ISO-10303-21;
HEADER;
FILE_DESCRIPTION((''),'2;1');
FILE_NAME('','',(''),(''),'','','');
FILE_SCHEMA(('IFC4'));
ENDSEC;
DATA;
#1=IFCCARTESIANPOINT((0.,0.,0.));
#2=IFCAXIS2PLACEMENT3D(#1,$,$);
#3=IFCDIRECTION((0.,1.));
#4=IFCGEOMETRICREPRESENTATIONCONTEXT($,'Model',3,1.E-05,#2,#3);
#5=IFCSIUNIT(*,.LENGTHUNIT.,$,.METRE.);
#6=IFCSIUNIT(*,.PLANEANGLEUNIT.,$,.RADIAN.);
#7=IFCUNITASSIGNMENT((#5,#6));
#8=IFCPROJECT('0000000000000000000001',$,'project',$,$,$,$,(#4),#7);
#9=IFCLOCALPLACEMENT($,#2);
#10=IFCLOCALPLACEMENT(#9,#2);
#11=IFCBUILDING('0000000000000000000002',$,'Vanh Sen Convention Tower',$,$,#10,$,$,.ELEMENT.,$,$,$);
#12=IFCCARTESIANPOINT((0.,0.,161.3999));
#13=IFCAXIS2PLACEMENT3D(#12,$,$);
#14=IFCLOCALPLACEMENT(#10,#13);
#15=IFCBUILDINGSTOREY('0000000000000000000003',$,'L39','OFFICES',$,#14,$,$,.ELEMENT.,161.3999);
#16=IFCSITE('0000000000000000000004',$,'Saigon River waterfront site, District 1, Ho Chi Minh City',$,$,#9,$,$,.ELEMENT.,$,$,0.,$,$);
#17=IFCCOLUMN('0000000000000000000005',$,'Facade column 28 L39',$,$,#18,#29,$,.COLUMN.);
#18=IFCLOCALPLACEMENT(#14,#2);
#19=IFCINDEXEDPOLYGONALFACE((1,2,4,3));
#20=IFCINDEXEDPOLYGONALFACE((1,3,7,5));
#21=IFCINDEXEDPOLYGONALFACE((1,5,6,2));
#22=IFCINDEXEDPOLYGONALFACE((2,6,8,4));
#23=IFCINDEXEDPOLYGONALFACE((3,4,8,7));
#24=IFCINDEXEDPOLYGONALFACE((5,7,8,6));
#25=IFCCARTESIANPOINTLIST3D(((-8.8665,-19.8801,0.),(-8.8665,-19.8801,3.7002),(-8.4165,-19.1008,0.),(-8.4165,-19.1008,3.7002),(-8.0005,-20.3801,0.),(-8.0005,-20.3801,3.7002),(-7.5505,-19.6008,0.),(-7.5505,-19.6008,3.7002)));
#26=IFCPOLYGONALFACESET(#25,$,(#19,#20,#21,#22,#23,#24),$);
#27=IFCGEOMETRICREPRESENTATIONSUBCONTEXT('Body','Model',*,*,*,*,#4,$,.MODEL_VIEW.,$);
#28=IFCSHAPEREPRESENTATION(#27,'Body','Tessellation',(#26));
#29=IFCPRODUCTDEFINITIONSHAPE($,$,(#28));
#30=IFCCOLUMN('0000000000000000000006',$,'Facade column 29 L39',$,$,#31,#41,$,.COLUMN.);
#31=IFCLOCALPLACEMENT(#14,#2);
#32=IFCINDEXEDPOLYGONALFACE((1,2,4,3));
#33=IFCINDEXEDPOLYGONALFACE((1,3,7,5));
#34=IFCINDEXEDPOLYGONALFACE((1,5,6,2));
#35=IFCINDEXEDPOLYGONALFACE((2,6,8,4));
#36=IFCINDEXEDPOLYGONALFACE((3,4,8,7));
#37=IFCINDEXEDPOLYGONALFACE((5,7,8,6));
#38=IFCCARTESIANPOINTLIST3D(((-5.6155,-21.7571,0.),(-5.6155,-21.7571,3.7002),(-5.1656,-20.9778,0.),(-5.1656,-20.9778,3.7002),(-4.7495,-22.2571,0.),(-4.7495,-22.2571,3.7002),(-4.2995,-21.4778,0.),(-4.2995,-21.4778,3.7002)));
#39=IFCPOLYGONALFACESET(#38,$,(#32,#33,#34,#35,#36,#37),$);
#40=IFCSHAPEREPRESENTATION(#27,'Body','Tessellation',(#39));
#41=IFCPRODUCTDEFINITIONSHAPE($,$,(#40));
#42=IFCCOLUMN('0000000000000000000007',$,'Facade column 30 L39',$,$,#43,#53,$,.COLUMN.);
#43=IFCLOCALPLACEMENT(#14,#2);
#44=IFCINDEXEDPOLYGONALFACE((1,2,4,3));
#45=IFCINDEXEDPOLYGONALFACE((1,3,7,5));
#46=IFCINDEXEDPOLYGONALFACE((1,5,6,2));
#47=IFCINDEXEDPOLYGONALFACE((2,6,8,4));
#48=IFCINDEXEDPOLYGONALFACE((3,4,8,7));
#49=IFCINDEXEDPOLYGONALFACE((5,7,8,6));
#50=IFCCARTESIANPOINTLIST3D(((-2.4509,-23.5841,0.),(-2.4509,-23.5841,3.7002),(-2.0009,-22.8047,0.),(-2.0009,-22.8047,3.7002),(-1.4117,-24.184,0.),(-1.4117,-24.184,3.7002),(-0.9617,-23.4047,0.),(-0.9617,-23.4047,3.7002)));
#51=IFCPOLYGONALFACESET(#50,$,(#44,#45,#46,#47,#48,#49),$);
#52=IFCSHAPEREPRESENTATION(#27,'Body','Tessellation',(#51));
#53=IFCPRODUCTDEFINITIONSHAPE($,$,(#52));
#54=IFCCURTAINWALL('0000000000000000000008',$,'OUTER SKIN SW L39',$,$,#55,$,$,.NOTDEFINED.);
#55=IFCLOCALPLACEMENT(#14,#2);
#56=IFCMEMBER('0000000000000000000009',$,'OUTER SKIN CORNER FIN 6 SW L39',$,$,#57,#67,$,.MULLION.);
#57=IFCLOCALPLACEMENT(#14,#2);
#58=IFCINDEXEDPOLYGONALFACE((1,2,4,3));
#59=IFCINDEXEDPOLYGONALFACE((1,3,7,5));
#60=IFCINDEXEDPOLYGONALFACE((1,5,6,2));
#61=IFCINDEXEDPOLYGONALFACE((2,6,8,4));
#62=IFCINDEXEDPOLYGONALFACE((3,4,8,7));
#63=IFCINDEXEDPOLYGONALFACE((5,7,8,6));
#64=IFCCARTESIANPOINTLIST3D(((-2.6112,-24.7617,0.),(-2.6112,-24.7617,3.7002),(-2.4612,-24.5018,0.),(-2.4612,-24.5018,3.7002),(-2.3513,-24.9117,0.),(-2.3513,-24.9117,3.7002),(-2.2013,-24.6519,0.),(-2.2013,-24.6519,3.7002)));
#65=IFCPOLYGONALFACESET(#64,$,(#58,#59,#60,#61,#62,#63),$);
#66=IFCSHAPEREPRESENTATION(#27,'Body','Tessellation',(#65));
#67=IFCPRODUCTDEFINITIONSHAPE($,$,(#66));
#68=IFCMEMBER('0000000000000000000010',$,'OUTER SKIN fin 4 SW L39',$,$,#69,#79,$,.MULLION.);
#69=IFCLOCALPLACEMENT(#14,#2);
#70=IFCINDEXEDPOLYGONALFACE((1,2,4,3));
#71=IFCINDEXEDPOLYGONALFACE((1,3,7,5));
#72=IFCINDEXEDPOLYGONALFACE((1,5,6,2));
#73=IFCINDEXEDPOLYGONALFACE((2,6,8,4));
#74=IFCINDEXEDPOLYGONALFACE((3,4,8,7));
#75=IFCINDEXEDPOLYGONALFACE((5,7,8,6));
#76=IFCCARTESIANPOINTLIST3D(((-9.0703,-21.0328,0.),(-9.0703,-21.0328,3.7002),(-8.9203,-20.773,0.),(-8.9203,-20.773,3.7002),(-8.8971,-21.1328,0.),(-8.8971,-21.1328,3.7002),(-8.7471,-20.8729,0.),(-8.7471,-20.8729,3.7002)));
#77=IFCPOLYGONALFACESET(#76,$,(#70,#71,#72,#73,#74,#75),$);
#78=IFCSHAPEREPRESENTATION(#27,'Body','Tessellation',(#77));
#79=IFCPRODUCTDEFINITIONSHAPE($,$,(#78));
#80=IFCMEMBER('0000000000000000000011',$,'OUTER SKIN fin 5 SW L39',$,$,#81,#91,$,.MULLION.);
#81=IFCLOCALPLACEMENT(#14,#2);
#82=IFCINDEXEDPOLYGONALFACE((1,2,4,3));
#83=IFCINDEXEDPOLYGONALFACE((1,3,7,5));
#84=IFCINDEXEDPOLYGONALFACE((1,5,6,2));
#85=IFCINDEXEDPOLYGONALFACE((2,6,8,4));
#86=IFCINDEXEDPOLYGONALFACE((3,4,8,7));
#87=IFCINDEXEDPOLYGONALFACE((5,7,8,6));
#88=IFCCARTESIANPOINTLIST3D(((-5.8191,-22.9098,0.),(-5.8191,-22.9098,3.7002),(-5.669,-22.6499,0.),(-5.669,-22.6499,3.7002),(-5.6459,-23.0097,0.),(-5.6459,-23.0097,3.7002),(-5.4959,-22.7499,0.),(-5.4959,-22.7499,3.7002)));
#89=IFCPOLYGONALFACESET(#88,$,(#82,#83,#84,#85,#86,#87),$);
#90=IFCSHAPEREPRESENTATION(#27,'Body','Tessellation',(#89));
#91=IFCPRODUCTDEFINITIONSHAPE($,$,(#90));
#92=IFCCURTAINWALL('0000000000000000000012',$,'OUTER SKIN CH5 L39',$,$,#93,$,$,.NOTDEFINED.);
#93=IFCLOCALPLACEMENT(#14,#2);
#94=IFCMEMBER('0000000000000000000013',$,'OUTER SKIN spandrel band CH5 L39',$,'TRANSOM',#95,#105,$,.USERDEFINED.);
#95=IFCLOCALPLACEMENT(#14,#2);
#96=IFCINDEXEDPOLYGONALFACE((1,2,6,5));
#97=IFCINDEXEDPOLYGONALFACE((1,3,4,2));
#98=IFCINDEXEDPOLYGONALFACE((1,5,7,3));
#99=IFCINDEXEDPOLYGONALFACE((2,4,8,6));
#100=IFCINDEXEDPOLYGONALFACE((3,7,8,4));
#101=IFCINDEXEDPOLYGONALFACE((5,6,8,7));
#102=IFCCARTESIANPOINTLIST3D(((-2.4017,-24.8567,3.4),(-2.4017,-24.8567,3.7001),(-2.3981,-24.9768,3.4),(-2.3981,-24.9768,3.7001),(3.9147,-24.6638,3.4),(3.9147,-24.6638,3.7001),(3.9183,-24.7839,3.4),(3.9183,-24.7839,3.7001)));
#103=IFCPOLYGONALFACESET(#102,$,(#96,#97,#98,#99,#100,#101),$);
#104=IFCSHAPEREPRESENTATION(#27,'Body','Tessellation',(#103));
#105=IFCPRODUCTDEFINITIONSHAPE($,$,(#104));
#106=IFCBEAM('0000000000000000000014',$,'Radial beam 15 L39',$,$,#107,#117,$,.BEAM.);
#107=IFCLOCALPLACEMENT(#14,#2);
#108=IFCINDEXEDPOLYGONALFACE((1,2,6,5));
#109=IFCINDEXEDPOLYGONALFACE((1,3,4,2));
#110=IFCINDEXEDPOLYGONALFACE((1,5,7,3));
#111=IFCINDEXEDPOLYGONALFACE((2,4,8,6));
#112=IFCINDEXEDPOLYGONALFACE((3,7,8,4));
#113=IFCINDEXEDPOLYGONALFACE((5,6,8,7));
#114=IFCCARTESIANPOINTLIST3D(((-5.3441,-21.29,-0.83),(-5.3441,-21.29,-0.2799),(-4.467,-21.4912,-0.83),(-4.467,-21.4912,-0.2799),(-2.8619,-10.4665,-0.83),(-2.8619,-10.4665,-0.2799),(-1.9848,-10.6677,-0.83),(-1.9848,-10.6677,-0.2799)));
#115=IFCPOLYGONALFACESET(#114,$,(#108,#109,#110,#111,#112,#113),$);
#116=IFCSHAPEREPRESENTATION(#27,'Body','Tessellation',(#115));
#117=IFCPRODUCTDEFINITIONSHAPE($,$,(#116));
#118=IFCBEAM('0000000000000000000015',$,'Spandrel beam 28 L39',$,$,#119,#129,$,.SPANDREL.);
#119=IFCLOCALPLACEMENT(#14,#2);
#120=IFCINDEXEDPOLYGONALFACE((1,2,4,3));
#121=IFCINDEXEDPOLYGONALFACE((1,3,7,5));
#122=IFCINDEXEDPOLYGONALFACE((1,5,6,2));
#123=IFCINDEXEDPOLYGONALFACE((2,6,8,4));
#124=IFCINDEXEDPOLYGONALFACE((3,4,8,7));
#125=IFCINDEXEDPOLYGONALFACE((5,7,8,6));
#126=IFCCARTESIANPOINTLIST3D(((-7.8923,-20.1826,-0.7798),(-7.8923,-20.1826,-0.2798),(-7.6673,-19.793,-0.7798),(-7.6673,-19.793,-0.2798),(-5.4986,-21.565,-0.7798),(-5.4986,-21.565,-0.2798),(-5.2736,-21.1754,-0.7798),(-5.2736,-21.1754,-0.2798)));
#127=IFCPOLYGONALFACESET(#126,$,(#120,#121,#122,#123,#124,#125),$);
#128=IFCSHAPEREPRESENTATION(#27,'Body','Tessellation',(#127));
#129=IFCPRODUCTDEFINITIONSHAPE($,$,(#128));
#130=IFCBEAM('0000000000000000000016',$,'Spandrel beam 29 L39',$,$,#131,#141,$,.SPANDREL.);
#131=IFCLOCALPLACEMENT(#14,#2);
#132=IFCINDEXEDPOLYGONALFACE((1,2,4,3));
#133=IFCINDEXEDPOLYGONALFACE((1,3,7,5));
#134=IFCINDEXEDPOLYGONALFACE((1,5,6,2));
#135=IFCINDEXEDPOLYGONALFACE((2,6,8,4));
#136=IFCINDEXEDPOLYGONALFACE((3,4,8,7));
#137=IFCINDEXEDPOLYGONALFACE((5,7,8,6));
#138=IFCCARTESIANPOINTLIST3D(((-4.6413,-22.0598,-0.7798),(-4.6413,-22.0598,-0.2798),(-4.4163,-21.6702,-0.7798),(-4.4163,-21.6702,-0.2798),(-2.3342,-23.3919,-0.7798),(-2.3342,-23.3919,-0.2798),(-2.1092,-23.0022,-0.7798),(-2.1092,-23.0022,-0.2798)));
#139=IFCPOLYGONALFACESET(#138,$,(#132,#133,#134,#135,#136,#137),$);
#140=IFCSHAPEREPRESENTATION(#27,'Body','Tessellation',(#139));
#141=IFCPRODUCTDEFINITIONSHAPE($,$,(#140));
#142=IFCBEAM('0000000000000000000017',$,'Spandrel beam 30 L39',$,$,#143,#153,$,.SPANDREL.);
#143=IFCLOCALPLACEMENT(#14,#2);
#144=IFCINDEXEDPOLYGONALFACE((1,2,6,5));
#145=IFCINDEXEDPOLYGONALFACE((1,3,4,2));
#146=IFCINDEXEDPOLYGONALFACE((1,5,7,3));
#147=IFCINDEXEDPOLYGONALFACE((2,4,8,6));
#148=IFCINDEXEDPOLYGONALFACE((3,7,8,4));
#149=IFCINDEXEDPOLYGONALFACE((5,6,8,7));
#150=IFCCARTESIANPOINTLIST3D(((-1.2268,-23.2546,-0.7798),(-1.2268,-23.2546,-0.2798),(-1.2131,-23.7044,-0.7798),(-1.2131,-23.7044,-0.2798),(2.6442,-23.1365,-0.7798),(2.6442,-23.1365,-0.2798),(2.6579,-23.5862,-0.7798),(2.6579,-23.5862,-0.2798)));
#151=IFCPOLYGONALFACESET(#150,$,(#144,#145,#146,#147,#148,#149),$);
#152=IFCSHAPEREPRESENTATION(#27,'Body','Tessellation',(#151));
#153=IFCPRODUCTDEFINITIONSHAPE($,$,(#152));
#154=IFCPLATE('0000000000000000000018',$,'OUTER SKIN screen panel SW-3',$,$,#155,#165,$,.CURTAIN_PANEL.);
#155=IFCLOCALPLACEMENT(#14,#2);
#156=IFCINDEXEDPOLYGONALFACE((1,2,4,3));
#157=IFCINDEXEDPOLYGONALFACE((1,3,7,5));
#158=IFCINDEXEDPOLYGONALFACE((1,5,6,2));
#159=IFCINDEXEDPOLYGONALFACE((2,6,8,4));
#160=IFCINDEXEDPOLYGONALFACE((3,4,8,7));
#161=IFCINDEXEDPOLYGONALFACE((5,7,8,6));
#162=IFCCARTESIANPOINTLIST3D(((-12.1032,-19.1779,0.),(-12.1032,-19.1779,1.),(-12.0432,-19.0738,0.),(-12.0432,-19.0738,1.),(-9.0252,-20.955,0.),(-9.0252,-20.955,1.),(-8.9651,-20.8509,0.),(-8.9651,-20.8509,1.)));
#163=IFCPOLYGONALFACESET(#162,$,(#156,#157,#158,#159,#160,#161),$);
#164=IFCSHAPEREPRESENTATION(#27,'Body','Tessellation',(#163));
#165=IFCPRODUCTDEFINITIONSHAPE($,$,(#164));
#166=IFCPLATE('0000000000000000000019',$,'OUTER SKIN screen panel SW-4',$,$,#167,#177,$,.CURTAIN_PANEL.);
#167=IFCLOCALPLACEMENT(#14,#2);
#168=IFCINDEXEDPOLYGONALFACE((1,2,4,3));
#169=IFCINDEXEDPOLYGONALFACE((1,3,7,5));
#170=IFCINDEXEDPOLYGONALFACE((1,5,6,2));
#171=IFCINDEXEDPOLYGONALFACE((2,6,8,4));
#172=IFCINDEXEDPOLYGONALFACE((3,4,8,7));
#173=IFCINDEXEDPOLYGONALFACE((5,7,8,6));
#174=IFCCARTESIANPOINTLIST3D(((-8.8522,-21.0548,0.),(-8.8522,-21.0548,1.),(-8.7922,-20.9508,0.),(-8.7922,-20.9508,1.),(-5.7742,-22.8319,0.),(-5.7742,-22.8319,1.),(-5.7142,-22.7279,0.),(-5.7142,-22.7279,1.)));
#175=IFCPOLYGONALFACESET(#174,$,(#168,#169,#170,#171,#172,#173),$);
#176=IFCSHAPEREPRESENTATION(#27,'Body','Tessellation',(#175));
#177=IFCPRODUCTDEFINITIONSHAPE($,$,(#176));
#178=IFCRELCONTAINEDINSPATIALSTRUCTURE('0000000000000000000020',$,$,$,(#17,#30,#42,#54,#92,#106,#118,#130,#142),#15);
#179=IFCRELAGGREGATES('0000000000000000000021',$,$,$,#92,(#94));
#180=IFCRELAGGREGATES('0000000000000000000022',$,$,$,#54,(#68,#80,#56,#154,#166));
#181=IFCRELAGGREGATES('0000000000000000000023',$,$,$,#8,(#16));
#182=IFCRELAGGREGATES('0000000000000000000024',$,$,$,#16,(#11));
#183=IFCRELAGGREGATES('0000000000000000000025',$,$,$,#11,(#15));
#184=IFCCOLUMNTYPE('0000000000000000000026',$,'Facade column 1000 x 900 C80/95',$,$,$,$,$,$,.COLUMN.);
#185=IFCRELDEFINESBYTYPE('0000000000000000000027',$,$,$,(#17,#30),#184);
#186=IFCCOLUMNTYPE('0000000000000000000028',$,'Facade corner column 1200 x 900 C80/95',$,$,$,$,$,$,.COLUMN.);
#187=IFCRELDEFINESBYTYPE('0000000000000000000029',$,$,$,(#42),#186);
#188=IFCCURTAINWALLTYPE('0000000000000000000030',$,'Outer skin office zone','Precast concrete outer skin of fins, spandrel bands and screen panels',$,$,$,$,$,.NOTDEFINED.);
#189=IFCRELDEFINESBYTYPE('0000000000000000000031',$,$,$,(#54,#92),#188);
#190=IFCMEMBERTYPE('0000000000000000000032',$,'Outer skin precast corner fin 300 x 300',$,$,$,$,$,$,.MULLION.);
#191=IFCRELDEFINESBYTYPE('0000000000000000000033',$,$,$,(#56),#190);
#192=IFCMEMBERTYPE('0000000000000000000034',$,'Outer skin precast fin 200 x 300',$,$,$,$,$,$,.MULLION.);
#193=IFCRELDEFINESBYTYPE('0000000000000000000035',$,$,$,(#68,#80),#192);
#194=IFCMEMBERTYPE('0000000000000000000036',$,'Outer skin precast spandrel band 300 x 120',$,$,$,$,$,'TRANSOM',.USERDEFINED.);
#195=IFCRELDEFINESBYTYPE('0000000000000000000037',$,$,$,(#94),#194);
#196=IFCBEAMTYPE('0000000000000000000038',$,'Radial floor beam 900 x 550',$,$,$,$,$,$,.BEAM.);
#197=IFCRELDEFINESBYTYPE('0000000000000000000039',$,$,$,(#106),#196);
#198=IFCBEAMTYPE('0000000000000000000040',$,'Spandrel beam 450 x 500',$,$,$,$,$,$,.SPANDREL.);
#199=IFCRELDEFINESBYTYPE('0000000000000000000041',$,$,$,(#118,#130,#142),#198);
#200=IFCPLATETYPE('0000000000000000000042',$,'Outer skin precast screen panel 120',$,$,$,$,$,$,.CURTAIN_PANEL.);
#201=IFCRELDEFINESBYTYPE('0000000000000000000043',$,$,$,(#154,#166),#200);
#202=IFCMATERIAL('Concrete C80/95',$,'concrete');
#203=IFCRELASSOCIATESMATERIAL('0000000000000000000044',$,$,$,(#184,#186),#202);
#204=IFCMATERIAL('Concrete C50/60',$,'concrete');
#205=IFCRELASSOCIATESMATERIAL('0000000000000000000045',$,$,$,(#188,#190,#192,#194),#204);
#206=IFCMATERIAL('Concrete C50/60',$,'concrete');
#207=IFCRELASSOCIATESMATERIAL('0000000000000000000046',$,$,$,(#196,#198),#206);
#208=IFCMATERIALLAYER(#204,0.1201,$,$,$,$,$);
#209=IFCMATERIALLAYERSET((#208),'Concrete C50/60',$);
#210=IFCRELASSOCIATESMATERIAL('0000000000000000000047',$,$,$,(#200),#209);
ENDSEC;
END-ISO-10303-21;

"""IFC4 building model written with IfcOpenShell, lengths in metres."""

from ifc_helpers import new_model, si_unit, direction, frame, origin, origin_2d, place, context, subcontext, project, spatial, rectangle, extrude, material, layer, layer_set, material_profile, profile_set, type_object, element, aggregate, save


model = new_model("IFC4")

# Units and contexts
model_context = context("Model", 3, precision=1e-05, world=origin(), true_north=direction((0.0, 1.0)))
body_context = subcontext(model_context, "Body", "Model", "MODEL_VIEW")
ifc_project = project(units=[si_unit("LENGTHUNIT", "METRE"), si_unit("PLANEANGLEUNIT", "RADIAN")], contexts=[model_context])

# Site, building, storey
site_placement = place(None, origin())
site = spatial("IfcSite", under=ifc_project, at=site_placement, Name="Saigon River waterfront site, District 1, Ho Chi Minh City", CompositionType="ELEMENT", RefElevation=0.0)
building_placement = place(site_placement, origin())
building = spatial("IfcBuilding", under=site, at=building_placement, Name="Vanh Sen Convention Tower", CompositionType="ELEMENT")
storey_placement = place(building_placement, frame((0.0, 0.0, 161.3999)))
storey = spatial("IfcBuildingStorey", under=building, at=storey_placement, Name="L39", Description="OFFICES", CompositionType="ELEMENT", Elevation=161.3999)

# Columns
ifc_material_1 = material(Name="Concrete C80/95", Category="concrete")
ifc_material_profile_1 = material_profile(ifc_material_1, rectangle(XDim=1.0, YDim=0.8999, at=origin_2d()), Name="RC 1000X900")
ifc_profile_set_1 = profile_set([ifc_material_profile_1], Name="Concrete C80/95")
column_type_1 = type_object("IfcColumnType", Name="Facade column 1000 x 900 C80/95", PredefinedType="COLUMN", material=ifc_profile_set_1)
for number, where, z_axis, x_axis, name in (
    (1, (-8.2085, -19.7405, 0.0), (0.0, 0.0, 1.0), (0.866025, -0.5, 0.0), "Facade column 28 L39"),
    (2, (-4.9575, -21.6174, 0.0), (0.0, 0.0, 1.0), (0.866025, -0.5, 0.0), "Facade column 29 L39"),
):
    element("IfcColumn", number, at=place(storey_placement, frame(where, z_axis=z_axis, x_axis=x_axis)), inside=storey, type_object=column_type_1, Name=name, PredefinedType="COLUMN", context=body_context, shape_type="SweptSolid", body=[
        extrude(rectangle(XDim=1.0, YDim=0.8999, at=origin_2d()), origin(), (0.0, 0.0, 1.0), 3.7002),
    ])
ifc_material_profile_2 = material_profile(ifc_material_1, rectangle(XDim=1.2, YDim=0.8999, at=origin_2d()), Name="RC 1200X900")
ifc_profile_set_2 = profile_set([ifc_material_profile_2], Name="Concrete C80/95")
column_type_2 = type_object("IfcColumnType", Name="Facade corner column 1200 x 900 C80/95", PredefinedType="COLUMN", material=ifc_profile_set_2)
column_placement = place(storey_placement, frame((-1.7063, -23.4944, 0.0), z_axis=(0.0, 0.0, 1.0), x_axis=(0.866025, -0.5, 0.0)))
element("IfcColumn", 3, at=column_placement, inside=storey, type_object=column_type_2, Name="Facade column 30 L39", PredefinedType="COLUMN", context=body_context, shape_type="SweptSolid", body=[
    extrude(rectangle(XDim=1.2, YDim=0.8999, at=origin_2d()), origin(), (0.0, 0.0, 1.0), 3.7002),
])

# Curtain wall, members
ifc_material_2 = material(Name="Concrete C50/60", Category="concrete")
curtain_wall_type = type_object("IfcCurtainWallType", Name="Outer skin office zone", Description="Precast concrete outer skin of fins, spandrel bands and screen panels", PredefinedType="NOTDEFINED", material=ifc_material_2)
curtain_wall_1_placement = place(storey_placement, origin())
curtain_wall_1 = element("IfcCurtainWall", 4, at=curtain_wall_1_placement, inside=storey, type_object=curtain_wall_type, Name="OUTER SKIN SW L39", PredefinedType="NOTDEFINED")
ifc_material_profile_3 = material_profile(ifc_material_2, rectangle(XDim=0.3, YDim=0.3, at=origin_2d()), Name="Outer skin precast corner fin 300 x 300")
ifc_profile_set_3 = profile_set([ifc_material_profile_3], Name="Concrete C50/60")
member_type_1 = type_object("IfcMemberType", Name="Outer skin precast corner fin 300 x 300", PredefinedType="MULLION", material=ifc_profile_set_3)
member_1_placement = place(storey_placement, frame((-2.4062, -24.7068, 0.0), z_axis=(0.0, 0.0, 1.0), x_axis=(0.866025, -0.5, 0.0)))
member_1 = element("IfcMember", 5, at=member_1_placement, type_object=member_type_1, Name="OUTER SKIN CORNER FIN 6 SW L39", PredefinedType="MULLION", context=body_context, shape_type="SweptSolid", body=[
    extrude(rectangle(XDim=0.3, YDim=0.3, at=origin_2d()), origin(), (0.0, 0.0, 1.0), 3.7002),
])
ifc_material_profile_4 = material_profile(ifc_material_2, rectangle(XDim=0.2, YDim=0.3, at=origin_2d()), Name="Outer skin precast fin 200 x 300")
ifc_profile_set_4 = profile_set([ifc_material_profile_4], Name="Concrete C50/60")
member_type_2 = type_object("IfcMemberType", Name="Outer skin precast fin 200 x 300", PredefinedType="MULLION", material=ifc_profile_set_4)
member_2_placement = place(storey_placement, frame((-8.9087, -20.9529, 0.0), z_axis=(0.0, 0.0, 1.0), x_axis=(0.866025, -0.5, 0.0)))
member_2 = element("IfcMember", 6, at=member_2_placement, type_object=member_type_2, Name="OUTER SKIN fin 4 SW L39", PredefinedType="MULLION", context=body_context, shape_type="SweptSolid", body=[
    extrude(rectangle(XDim=0.2, YDim=0.3, at=origin_2d()), origin(), (0.0, 0.0, 1.0), 3.7002),
])
member_3_placement = place(storey_placement, frame((-5.6575, -22.8298, 0.0), z_axis=(0.0, 0.0, 1.0), x_axis=(0.866025, -0.5, 0.0)))
member_3 = element("IfcMember", 7, at=member_3_placement, type_object=member_type_2, Name="OUTER SKIN fin 5 SW L39", PredefinedType="MULLION", context=body_context, shape_type="SweptSolid", body=[
    extrude(rectangle(XDim=0.2, YDim=0.3, at=origin_2d()), origin(), (0.0, 0.0, 1.0), 3.7002),
])

# Curtain wall, member
curtain_wall_2_placement = place(storey_placement, origin())
curtain_wall_2 = element("IfcCurtainWall", 8, at=curtain_wall_2_placement, inside=storey, type_object=curtain_wall_type, Name="OUTER SKIN CH5 L39", PredefinedType="NOTDEFINED")
ifc_material_profile_5 = material_profile(ifc_material_2, rectangle(XDim=0.1201, YDim=0.3, at=origin_2d()), Name="Outer skin precast spandrel band 300 x 120")
ifc_profile_set_5 = profile_set([ifc_material_profile_5], Name="Concrete C50/60")
member_type_3 = type_object("IfcMemberType", Name="Outer skin precast spandrel band 300 x 120", ElementType="TRANSOM", PredefinedType="USERDEFINED", material=ifc_profile_set_5)
member_4_placement = place(storey_placement, frame((-2.3999, -24.9167, 3.55), z_axis=(0.999534, 0.030521, 0.0), x_axis=(-0.030521, 0.999534, 0.0)))
member_4 = element("IfcMember", 9, at=member_4_placement, type_object=member_type_3, Name="OUTER SKIN spandrel band CH5 L39", ObjectType="TRANSOM", PredefinedType="USERDEFINED", context=body_context, shape_type="SweptSolid", body=[
    extrude(rectangle(XDim=0.1201, YDim=0.3, at=origin_2d()), origin(), (0.0, 0.0, 1.0), 6.3193),
])
aggregate(curtain_wall_2, [member_4])

# Beams
ifc_material_3 = material(Name="Concrete C50/60", Category="concrete")
ifc_material_profile_6 = material_profile(ifc_material_3, rectangle(XDim=0.8999, YDim=0.55, at=origin_2d()), Name="RC 900X550")
ifc_profile_set_6 = profile_set([ifc_material_profile_6], Name="Concrete C50/60")
beam_type_1 = type_object("IfcBeamType", Name="Radial floor beam 900 x 550", PredefinedType="BEAM", material=ifc_profile_set_6)
beam_1_placement = place(storey_placement, frame((-4.9055, -21.3906, -0.5549), z_axis=(0.22353, 0.974697, 0.0), x_axis=(-0.974697, 0.22353, 0.0)))
element("IfcBeam", 10, at=beam_1_placement, inside=storey, type_object=beam_type_1, Name="Radial beam 15 L39", PredefinedType="BEAM", context=body_context, shape_type="SweptSolid", body=[
    extrude(rectangle(XDim=0.8999, YDim=0.55, at=origin_2d()), origin(), (0.0, 0.0, 1.0), 11.1045),
])
ifc_material_profile_7 = material_profile(ifc_material_3, rectangle(XDim=0.45, YDim=0.5, at=origin_2d()), Name="RC 450X500")
ifc_profile_set_7 = profile_set([ifc_material_profile_7], Name="Concrete C50/60")
beam_type_2 = type_object("IfcBeamType", Name="Spandrel beam 450 x 500", PredefinedType="SPANDREL", material=ifc_profile_set_7)
beam_2_placement = place(storey_placement, frame((-7.7798, -19.9878, -0.5298), z_axis=(0.865962, -0.50011, 0.0), x_axis=(0.50011, 0.865962, 0.0)))
element("IfcBeam", 11, at=beam_2_placement, inside=storey, type_object=beam_type_2, Name="Spandrel beam 28 L39", PredefinedType="SPANDREL", context=body_context, shape_type="SweptSolid", body=[
    extrude(rectangle(XDim=0.45, YDim=0.5, at=origin_2d()), origin(), (0.0, 0.0, 1.0), 2.7642),
])
beam_3_placement = place(storey_placement, frame((-4.5288, -21.865, -0.5298), z_axis=(0.866024, -0.500003, 0.0), x_axis=(0.500003, 0.866024, 0.0)))
element("IfcBeam", 12, at=beam_3_placement, inside=storey, type_object=beam_type_2, Name="Spandrel beam 29 L39", PredefinedType="SPANDREL", context=body_context, shape_type="SweptSolid", body=[
    extrude(rectangle(XDim=0.45, YDim=0.5, at=origin_2d()), origin(), (0.0, 0.0, 1.0), 2.6641),
])
beam_4_placement = place(storey_placement, frame((-1.22, -23.4795, -0.5298), z_axis=(0.999534, 0.030511, 0.0), x_axis=(-0.030511, 0.999534, 0.0)))
element("IfcBeam", 13, at=beam_4_placement, inside=storey, type_object=beam_type_2, Name="Spandrel beam 30 L39", PredefinedType="SPANDREL", context=body_context, shape_type="SweptSolid", body=[
    extrude(rectangle(XDim=0.45, YDim=0.5, at=origin_2d()), origin(), (0.0, 0.0, 1.0), 3.8728),
])

# Plates
ifc_layer_1 = layer(ifc_material_2, 0.1201)
ifc_layer_set_1 = layer_set([ifc_layer_1], Name="Concrete C50/60")
plate_type = type_object("IfcPlateType", Name="Outer skin precast screen panel 120", PredefinedType="CURTAIN_PANEL", material=ifc_layer_set_1)
plate_1_placement = place(storey_placement, frame((-10.5342, -20.0144, 0.0), z_axis=(0.0, 0.0, 1.0), x_axis=(0.866024, -0.500003, 0.0)))
plate_1 = element("IfcPlate", 14, at=plate_1_placement, type_object=plate_type, Name="OUTER SKIN screen panel SW-3", PredefinedType="CURTAIN_PANEL", context=body_context, shape_type="SweptSolid", body=[
    extrude(rectangle(XDim=3.5542, YDim=0.1201, at=origin_2d()), origin(), (0.0, 0.0, 1.0), 1.0),
])
plate_2_placement = place(storey_placement, frame((-7.2832, -21.8914, 0.0), z_axis=(0.0, 0.0, 1.0), x_axis=(0.866017, -0.500015, 0.0)))
plate_2 = element("IfcPlate", 15, at=plate_2_placement, type_object=plate_type, Name="OUTER SKIN screen panel SW-4", PredefinedType="CURTAIN_PANEL", context=body_context, shape_type="SweptSolid", body=[
    extrude(rectangle(XDim=3.5542, YDim=0.1201, at=origin_2d()), origin(), (0.0, 0.0, 1.0), 1.0),
])
aggregate(curtain_wall_1, [member_2, member_3, member_1, plate_1, plate_2])

save(model, "model.ifc")
